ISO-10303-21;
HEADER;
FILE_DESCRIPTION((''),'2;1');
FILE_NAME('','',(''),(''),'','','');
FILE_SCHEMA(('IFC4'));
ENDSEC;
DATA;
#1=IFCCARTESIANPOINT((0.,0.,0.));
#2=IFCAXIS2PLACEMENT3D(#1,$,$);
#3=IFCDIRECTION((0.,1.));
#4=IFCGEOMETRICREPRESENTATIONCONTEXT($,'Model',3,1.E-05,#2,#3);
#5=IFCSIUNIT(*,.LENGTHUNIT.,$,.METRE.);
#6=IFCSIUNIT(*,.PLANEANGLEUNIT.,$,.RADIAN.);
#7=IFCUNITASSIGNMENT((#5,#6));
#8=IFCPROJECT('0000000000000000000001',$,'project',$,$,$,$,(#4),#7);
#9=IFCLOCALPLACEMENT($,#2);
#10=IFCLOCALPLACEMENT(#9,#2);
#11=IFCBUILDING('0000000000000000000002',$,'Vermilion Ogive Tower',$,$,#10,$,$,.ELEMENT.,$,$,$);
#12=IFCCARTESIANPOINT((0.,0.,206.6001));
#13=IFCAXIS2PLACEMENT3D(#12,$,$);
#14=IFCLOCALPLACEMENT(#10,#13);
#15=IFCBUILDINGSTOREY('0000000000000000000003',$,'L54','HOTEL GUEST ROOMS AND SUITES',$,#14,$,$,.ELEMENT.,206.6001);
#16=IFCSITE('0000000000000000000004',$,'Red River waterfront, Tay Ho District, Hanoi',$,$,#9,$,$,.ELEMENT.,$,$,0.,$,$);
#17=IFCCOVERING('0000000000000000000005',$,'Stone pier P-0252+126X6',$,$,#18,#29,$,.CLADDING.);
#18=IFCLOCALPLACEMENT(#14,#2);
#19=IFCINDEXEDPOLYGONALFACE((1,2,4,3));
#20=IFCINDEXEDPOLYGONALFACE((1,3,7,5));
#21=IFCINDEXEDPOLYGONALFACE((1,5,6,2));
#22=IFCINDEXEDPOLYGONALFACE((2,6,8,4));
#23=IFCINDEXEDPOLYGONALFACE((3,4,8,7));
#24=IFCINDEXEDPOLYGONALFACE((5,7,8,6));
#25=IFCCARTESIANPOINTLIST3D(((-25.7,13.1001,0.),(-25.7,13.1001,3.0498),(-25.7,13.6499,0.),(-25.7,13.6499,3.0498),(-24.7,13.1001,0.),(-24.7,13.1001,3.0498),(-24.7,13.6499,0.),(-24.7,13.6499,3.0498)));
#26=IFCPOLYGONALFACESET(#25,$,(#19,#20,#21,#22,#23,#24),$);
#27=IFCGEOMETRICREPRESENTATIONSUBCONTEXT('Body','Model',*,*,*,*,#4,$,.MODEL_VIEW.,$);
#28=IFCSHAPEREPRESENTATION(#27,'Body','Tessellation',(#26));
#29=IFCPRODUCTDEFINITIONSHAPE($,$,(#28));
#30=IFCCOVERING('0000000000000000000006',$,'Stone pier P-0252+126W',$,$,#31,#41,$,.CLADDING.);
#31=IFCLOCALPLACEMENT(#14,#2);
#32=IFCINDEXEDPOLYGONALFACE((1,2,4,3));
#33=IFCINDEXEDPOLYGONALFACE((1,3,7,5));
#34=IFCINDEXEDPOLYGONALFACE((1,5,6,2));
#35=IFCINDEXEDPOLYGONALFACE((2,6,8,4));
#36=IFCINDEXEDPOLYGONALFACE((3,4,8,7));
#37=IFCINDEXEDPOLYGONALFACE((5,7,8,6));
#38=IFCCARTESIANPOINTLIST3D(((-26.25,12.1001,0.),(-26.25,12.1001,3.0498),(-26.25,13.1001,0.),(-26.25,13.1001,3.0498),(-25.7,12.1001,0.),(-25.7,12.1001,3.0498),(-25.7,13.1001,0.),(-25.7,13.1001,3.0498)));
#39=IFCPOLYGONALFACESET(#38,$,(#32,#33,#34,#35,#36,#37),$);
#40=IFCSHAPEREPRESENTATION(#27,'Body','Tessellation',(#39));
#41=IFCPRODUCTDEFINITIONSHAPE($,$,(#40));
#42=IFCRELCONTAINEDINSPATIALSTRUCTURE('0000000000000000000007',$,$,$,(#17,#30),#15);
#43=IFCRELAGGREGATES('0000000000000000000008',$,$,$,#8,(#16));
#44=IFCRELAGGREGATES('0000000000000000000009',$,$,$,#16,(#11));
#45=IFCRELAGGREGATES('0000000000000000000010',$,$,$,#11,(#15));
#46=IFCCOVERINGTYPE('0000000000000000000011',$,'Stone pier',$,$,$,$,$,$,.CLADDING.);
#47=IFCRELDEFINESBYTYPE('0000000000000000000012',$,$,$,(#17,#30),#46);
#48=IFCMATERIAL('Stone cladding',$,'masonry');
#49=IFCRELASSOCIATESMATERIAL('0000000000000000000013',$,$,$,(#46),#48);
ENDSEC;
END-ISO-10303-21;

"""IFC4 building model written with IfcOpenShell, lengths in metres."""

from ifc_helpers import new_model, si_unit, direction, frame, origin, place, context, subcontext, project, spatial, polyline, outline, extrude, material, type_object, element, save


model = new_model("IFC4")

# Units and contexts
model_context = context("Model", 3, precision=1e-05, world=origin(), true_north=direction((0.0, 1.0)))
body_context = subcontext(model_context, "Body", "Model", "MODEL_VIEW")
ifc_project = project(units=[si_unit("LENGTHUNIT", "METRE"), si_unit("PLANEANGLEUNIT", "RADIAN")], contexts=[model_context])

# Site, building, storey
site_placement = place(None, origin())
site = spatial("IfcSite", under=ifc_project, at=site_placement, Name="Red River waterfront, Tay Ho District, Hanoi", CompositionType="ELEMENT", RefElevation=0.0)
building_placement = place(site_placement, origin())
building = spatial("IfcBuilding", under=site, at=building_placement, Name="Vermilion Ogive Tower", CompositionType="ELEMENT")
storey_placement = place(building_placement, frame((0.0, 0.0, 206.6001)))
storey = spatial("IfcBuildingStorey", under=building, at=storey_placement, Name="L54", Description="HOTEL GUEST ROOMS AND SUITES", CompositionType="ELEMENT", Elevation=206.6001)

# Coverings
ifc_material_1 = material(Name="Stone cladding", Category="masonry")
covering_type_1 = type_object("IfcCoveringType", Name="Stone pier", PredefinedType="CLADDING", material=ifc_material_1)
covering_1_placement = place(storey_placement, origin())
element("IfcCovering", 1, at=covering_1_placement, inside=storey, type_object=covering_type_1, Name="Stone pier P-0252+126X6", PredefinedType="CLADDING", context=body_context, shape_type="SweptSolid", body=[
    extrude(outline(polyline([(-25.7, 13.1001), (-25.7, 13.6499), (-24.7, 13.6499), (-24.7, 13.1001), (-24.7, 13.1001), (-25.7, 13.1001)])), origin(), (0.0, 0.0, 1.0), 3.0498),
])
covering_2_placement = place(storey_placement, origin())
element("IfcCovering", 2, at=covering_2_placement, inside=storey, type_object=covering_type_1, Name="Stone pier P-0252+126W", PredefinedType="CLADDING", context=body_context, shape_type="SweptSolid", body=[
    extrude(outline(polyline([(-26.25, 13.1001), (-25.7, 13.1001), (-25.7, 12.1001), (-26.25, 12.1001), (-26.25, 13.1001)])), origin(), (0.0, 0.0, 1.0), 3.0498),
])

save(model, "model.ifc")
